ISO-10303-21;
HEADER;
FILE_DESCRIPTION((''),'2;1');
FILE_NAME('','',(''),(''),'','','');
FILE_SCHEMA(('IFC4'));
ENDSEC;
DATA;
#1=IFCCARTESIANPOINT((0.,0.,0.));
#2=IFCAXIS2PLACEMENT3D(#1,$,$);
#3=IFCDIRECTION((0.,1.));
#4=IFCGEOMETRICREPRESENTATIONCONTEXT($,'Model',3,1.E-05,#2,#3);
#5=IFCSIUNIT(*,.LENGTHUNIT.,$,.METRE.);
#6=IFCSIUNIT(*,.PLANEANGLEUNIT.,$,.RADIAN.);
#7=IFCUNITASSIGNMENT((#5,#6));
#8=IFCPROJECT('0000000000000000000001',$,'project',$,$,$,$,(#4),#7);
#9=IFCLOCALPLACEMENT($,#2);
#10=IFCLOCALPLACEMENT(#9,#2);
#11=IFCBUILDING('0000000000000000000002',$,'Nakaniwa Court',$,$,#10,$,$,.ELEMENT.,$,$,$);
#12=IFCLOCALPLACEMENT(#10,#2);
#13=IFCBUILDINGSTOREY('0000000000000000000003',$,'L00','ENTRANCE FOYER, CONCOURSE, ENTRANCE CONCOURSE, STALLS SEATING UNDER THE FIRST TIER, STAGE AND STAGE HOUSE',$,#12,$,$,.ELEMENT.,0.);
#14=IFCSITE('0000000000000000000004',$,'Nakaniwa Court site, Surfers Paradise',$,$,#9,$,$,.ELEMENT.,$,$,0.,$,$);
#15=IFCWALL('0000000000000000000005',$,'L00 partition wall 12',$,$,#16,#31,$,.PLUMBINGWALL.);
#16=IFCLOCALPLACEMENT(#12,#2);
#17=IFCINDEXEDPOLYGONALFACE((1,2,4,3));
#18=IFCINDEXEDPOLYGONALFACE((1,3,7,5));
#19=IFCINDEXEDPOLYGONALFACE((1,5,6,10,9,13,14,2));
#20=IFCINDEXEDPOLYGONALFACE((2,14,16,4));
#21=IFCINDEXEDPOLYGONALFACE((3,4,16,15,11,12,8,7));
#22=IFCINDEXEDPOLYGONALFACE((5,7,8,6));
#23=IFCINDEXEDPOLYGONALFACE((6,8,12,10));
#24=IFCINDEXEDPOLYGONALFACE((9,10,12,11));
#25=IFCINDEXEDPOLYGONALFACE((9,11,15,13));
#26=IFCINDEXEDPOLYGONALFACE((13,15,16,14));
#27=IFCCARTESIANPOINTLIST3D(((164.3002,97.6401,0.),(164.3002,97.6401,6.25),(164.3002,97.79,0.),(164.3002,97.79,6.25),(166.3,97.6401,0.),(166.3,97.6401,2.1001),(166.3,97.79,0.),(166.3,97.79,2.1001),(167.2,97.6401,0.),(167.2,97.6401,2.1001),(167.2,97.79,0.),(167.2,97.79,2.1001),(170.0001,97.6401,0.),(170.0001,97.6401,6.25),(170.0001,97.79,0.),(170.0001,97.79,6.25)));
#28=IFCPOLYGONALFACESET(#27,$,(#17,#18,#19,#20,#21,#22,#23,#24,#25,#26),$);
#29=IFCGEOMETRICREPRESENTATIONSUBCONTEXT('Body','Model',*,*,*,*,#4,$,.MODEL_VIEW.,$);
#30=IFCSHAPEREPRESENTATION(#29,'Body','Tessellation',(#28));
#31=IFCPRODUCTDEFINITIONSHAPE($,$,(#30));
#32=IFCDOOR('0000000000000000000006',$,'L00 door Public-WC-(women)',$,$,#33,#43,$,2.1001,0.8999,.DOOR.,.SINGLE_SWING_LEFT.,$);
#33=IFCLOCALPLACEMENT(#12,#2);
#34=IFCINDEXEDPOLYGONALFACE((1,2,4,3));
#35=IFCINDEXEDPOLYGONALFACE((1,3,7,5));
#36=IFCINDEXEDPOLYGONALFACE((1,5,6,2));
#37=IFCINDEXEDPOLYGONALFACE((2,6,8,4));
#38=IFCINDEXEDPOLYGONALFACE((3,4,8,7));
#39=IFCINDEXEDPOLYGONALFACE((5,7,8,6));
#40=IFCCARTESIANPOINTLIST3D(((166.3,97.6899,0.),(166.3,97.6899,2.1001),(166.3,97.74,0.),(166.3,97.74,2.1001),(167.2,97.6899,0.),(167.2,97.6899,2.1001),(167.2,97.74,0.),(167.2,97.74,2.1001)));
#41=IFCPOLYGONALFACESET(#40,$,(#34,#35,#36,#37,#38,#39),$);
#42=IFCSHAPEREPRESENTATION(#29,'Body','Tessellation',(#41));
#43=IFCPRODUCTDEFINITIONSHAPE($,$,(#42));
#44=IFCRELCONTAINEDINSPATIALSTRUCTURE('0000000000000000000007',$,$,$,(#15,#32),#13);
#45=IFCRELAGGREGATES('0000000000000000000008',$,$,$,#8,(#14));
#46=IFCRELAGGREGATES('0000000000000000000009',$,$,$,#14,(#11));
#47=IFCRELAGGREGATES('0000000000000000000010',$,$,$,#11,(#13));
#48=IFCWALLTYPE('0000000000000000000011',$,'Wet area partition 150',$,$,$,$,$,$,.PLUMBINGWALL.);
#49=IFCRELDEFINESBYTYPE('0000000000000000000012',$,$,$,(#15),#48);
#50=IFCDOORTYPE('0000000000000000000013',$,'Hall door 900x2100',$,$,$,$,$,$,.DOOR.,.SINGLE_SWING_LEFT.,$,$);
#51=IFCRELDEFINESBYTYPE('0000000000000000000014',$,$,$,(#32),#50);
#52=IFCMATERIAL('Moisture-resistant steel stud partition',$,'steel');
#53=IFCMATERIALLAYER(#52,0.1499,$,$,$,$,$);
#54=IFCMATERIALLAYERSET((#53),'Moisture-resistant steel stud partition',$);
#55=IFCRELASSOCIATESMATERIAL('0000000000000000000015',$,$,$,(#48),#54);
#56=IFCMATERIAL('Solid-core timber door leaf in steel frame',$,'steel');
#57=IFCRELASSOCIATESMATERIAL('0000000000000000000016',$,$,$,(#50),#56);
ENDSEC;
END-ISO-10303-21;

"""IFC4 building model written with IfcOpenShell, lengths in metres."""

from ifc_helpers import new_model, si_unit, direction, frame, frame_2d, origin, place, context, subcontext, project, spatial, rectangle, extrude, material, layer, layer_set, type_object, element, fill, save


model = new_model("IFC4")

# Units and contexts
model_context = context("Model", 3, precision=1e-05, world=origin(), true_north=direction((0.0, 1.0)))
body_context = subcontext(model_context, "Body", "Model", "MODEL_VIEW")
ifc_project = project(units=[si_unit("LENGTHUNIT", "METRE"), si_unit("PLANEANGLEUNIT", "RADIAN")], contexts=[model_context])

# Site, building, storey
site_placement = place(None, origin())
site = spatial("IfcSite", under=ifc_project, at=site_placement, Name="Nakaniwa Court site, Surfers Paradise", CompositionType="ELEMENT", RefElevation=0.0)
building_placement = place(site_placement, origin())
building = spatial("IfcBuilding", under=site, at=building_placement, Name="Nakaniwa Court", CompositionType="ELEMENT")
storey_placement = place(building_placement, origin())
storey = spatial("IfcBuildingStorey", under=building, at=storey_placement, Name="L00", Description="ENTRANCE FOYER, CONCOURSE, ENTRANCE CONCOURSE, STALLS SEATING UNDER THE FIRST TIER, STAGE AND STAGE HOUSE", CompositionType="ELEMENT", Elevation=0.0)

# Shared definitions
ifc_material_1 = material(Name="Solid-core timber door leaf in steel frame", Category="steel")

# Wall, opening, door
ifc_material_2 = material(Name="Moisture-resistant steel stud partition", Category="steel")
ifc_layer_1 = layer(ifc_material_2, 0.1499)
ifc_layer_set_1 = layer_set([ifc_layer_1], Name="Moisture-resistant steel stud partition")
wall_type_1 = type_object("IfcWallType", Name="Wet area partition 150", PredefinedType="PLUMBINGWALL", material=ifc_layer_set_1)
wall_1_placement = place(storey_placement, frame((164.3, 97.7151, 0.0), z_axis=(0.0, 0.0, 1.0), x_axis=(1.0, 0.0, 0.0)))
wall_1 = element("IfcWall", 1, at=wall_1_placement, inside=storey, type_object=wall_type_1, Name="L00 partition wall 12", PredefinedType="PLUMBINGWALL", context=body_context, shape_type="SweptSolid", body=[
    extrude(rectangle(XDim=5.7, YDim=0.1499, at=frame_2d((2.8501, 0.0))), origin(), (0.0, 0.0, 1.0), 6.25),
])
opening_1_placement = place(wall_1_placement, frame((2.0, 0.0, 0.0)))
opening_1 = element("IfcOpeningElement", 2, at=opening_1_placement, cuts=wall_1, PredefinedType="OPENING", context=body_context, shape_type="SweptSolid", body=[
    extrude(rectangle(XDim=0.8999, YDim=2.1001, at=frame_2d((0.45, 1.05))), frame((0.0, 0.085, 0.0), z_axis=(0.0, -1.0, 0.0), x_axis=(1.0, 0.0, 0.0)), (0.0, 0.0, 1.0), 0.1699),
])
door_type_1 = type_object("IfcDoorType", Name="Hall door 900x2100", OperationType="SINGLE_SWING_LEFT", PredefinedType="DOOR", material=ifc_material_1)
door_1_placement = place(opening_1_placement, origin())
door_1 = element("IfcDoor", 3, at=door_1_placement, inside=storey, type_object=door_type_1, Name="L00 door Public-WC-(women)", OperationType="SINGLE_SWING_LEFT", OverallHeight=2.1001, OverallWidth=0.8999, PredefinedType="DOOR", context=body_context, shape_type="SweptSolid", body=[
    extrude(rectangle(XDim=0.8999, YDim=2.1001, at=frame_2d((0.45, 1.05))), frame((0.0, 0.0249, 0.0), z_axis=(0.0, -1.0, 0.0), x_axis=(1.0, 0.0, 0.0)), (0.0, 0.0, 1.0), 0.05),
])
fill(opening_1, door_1)

save(model, "model.ifc")
